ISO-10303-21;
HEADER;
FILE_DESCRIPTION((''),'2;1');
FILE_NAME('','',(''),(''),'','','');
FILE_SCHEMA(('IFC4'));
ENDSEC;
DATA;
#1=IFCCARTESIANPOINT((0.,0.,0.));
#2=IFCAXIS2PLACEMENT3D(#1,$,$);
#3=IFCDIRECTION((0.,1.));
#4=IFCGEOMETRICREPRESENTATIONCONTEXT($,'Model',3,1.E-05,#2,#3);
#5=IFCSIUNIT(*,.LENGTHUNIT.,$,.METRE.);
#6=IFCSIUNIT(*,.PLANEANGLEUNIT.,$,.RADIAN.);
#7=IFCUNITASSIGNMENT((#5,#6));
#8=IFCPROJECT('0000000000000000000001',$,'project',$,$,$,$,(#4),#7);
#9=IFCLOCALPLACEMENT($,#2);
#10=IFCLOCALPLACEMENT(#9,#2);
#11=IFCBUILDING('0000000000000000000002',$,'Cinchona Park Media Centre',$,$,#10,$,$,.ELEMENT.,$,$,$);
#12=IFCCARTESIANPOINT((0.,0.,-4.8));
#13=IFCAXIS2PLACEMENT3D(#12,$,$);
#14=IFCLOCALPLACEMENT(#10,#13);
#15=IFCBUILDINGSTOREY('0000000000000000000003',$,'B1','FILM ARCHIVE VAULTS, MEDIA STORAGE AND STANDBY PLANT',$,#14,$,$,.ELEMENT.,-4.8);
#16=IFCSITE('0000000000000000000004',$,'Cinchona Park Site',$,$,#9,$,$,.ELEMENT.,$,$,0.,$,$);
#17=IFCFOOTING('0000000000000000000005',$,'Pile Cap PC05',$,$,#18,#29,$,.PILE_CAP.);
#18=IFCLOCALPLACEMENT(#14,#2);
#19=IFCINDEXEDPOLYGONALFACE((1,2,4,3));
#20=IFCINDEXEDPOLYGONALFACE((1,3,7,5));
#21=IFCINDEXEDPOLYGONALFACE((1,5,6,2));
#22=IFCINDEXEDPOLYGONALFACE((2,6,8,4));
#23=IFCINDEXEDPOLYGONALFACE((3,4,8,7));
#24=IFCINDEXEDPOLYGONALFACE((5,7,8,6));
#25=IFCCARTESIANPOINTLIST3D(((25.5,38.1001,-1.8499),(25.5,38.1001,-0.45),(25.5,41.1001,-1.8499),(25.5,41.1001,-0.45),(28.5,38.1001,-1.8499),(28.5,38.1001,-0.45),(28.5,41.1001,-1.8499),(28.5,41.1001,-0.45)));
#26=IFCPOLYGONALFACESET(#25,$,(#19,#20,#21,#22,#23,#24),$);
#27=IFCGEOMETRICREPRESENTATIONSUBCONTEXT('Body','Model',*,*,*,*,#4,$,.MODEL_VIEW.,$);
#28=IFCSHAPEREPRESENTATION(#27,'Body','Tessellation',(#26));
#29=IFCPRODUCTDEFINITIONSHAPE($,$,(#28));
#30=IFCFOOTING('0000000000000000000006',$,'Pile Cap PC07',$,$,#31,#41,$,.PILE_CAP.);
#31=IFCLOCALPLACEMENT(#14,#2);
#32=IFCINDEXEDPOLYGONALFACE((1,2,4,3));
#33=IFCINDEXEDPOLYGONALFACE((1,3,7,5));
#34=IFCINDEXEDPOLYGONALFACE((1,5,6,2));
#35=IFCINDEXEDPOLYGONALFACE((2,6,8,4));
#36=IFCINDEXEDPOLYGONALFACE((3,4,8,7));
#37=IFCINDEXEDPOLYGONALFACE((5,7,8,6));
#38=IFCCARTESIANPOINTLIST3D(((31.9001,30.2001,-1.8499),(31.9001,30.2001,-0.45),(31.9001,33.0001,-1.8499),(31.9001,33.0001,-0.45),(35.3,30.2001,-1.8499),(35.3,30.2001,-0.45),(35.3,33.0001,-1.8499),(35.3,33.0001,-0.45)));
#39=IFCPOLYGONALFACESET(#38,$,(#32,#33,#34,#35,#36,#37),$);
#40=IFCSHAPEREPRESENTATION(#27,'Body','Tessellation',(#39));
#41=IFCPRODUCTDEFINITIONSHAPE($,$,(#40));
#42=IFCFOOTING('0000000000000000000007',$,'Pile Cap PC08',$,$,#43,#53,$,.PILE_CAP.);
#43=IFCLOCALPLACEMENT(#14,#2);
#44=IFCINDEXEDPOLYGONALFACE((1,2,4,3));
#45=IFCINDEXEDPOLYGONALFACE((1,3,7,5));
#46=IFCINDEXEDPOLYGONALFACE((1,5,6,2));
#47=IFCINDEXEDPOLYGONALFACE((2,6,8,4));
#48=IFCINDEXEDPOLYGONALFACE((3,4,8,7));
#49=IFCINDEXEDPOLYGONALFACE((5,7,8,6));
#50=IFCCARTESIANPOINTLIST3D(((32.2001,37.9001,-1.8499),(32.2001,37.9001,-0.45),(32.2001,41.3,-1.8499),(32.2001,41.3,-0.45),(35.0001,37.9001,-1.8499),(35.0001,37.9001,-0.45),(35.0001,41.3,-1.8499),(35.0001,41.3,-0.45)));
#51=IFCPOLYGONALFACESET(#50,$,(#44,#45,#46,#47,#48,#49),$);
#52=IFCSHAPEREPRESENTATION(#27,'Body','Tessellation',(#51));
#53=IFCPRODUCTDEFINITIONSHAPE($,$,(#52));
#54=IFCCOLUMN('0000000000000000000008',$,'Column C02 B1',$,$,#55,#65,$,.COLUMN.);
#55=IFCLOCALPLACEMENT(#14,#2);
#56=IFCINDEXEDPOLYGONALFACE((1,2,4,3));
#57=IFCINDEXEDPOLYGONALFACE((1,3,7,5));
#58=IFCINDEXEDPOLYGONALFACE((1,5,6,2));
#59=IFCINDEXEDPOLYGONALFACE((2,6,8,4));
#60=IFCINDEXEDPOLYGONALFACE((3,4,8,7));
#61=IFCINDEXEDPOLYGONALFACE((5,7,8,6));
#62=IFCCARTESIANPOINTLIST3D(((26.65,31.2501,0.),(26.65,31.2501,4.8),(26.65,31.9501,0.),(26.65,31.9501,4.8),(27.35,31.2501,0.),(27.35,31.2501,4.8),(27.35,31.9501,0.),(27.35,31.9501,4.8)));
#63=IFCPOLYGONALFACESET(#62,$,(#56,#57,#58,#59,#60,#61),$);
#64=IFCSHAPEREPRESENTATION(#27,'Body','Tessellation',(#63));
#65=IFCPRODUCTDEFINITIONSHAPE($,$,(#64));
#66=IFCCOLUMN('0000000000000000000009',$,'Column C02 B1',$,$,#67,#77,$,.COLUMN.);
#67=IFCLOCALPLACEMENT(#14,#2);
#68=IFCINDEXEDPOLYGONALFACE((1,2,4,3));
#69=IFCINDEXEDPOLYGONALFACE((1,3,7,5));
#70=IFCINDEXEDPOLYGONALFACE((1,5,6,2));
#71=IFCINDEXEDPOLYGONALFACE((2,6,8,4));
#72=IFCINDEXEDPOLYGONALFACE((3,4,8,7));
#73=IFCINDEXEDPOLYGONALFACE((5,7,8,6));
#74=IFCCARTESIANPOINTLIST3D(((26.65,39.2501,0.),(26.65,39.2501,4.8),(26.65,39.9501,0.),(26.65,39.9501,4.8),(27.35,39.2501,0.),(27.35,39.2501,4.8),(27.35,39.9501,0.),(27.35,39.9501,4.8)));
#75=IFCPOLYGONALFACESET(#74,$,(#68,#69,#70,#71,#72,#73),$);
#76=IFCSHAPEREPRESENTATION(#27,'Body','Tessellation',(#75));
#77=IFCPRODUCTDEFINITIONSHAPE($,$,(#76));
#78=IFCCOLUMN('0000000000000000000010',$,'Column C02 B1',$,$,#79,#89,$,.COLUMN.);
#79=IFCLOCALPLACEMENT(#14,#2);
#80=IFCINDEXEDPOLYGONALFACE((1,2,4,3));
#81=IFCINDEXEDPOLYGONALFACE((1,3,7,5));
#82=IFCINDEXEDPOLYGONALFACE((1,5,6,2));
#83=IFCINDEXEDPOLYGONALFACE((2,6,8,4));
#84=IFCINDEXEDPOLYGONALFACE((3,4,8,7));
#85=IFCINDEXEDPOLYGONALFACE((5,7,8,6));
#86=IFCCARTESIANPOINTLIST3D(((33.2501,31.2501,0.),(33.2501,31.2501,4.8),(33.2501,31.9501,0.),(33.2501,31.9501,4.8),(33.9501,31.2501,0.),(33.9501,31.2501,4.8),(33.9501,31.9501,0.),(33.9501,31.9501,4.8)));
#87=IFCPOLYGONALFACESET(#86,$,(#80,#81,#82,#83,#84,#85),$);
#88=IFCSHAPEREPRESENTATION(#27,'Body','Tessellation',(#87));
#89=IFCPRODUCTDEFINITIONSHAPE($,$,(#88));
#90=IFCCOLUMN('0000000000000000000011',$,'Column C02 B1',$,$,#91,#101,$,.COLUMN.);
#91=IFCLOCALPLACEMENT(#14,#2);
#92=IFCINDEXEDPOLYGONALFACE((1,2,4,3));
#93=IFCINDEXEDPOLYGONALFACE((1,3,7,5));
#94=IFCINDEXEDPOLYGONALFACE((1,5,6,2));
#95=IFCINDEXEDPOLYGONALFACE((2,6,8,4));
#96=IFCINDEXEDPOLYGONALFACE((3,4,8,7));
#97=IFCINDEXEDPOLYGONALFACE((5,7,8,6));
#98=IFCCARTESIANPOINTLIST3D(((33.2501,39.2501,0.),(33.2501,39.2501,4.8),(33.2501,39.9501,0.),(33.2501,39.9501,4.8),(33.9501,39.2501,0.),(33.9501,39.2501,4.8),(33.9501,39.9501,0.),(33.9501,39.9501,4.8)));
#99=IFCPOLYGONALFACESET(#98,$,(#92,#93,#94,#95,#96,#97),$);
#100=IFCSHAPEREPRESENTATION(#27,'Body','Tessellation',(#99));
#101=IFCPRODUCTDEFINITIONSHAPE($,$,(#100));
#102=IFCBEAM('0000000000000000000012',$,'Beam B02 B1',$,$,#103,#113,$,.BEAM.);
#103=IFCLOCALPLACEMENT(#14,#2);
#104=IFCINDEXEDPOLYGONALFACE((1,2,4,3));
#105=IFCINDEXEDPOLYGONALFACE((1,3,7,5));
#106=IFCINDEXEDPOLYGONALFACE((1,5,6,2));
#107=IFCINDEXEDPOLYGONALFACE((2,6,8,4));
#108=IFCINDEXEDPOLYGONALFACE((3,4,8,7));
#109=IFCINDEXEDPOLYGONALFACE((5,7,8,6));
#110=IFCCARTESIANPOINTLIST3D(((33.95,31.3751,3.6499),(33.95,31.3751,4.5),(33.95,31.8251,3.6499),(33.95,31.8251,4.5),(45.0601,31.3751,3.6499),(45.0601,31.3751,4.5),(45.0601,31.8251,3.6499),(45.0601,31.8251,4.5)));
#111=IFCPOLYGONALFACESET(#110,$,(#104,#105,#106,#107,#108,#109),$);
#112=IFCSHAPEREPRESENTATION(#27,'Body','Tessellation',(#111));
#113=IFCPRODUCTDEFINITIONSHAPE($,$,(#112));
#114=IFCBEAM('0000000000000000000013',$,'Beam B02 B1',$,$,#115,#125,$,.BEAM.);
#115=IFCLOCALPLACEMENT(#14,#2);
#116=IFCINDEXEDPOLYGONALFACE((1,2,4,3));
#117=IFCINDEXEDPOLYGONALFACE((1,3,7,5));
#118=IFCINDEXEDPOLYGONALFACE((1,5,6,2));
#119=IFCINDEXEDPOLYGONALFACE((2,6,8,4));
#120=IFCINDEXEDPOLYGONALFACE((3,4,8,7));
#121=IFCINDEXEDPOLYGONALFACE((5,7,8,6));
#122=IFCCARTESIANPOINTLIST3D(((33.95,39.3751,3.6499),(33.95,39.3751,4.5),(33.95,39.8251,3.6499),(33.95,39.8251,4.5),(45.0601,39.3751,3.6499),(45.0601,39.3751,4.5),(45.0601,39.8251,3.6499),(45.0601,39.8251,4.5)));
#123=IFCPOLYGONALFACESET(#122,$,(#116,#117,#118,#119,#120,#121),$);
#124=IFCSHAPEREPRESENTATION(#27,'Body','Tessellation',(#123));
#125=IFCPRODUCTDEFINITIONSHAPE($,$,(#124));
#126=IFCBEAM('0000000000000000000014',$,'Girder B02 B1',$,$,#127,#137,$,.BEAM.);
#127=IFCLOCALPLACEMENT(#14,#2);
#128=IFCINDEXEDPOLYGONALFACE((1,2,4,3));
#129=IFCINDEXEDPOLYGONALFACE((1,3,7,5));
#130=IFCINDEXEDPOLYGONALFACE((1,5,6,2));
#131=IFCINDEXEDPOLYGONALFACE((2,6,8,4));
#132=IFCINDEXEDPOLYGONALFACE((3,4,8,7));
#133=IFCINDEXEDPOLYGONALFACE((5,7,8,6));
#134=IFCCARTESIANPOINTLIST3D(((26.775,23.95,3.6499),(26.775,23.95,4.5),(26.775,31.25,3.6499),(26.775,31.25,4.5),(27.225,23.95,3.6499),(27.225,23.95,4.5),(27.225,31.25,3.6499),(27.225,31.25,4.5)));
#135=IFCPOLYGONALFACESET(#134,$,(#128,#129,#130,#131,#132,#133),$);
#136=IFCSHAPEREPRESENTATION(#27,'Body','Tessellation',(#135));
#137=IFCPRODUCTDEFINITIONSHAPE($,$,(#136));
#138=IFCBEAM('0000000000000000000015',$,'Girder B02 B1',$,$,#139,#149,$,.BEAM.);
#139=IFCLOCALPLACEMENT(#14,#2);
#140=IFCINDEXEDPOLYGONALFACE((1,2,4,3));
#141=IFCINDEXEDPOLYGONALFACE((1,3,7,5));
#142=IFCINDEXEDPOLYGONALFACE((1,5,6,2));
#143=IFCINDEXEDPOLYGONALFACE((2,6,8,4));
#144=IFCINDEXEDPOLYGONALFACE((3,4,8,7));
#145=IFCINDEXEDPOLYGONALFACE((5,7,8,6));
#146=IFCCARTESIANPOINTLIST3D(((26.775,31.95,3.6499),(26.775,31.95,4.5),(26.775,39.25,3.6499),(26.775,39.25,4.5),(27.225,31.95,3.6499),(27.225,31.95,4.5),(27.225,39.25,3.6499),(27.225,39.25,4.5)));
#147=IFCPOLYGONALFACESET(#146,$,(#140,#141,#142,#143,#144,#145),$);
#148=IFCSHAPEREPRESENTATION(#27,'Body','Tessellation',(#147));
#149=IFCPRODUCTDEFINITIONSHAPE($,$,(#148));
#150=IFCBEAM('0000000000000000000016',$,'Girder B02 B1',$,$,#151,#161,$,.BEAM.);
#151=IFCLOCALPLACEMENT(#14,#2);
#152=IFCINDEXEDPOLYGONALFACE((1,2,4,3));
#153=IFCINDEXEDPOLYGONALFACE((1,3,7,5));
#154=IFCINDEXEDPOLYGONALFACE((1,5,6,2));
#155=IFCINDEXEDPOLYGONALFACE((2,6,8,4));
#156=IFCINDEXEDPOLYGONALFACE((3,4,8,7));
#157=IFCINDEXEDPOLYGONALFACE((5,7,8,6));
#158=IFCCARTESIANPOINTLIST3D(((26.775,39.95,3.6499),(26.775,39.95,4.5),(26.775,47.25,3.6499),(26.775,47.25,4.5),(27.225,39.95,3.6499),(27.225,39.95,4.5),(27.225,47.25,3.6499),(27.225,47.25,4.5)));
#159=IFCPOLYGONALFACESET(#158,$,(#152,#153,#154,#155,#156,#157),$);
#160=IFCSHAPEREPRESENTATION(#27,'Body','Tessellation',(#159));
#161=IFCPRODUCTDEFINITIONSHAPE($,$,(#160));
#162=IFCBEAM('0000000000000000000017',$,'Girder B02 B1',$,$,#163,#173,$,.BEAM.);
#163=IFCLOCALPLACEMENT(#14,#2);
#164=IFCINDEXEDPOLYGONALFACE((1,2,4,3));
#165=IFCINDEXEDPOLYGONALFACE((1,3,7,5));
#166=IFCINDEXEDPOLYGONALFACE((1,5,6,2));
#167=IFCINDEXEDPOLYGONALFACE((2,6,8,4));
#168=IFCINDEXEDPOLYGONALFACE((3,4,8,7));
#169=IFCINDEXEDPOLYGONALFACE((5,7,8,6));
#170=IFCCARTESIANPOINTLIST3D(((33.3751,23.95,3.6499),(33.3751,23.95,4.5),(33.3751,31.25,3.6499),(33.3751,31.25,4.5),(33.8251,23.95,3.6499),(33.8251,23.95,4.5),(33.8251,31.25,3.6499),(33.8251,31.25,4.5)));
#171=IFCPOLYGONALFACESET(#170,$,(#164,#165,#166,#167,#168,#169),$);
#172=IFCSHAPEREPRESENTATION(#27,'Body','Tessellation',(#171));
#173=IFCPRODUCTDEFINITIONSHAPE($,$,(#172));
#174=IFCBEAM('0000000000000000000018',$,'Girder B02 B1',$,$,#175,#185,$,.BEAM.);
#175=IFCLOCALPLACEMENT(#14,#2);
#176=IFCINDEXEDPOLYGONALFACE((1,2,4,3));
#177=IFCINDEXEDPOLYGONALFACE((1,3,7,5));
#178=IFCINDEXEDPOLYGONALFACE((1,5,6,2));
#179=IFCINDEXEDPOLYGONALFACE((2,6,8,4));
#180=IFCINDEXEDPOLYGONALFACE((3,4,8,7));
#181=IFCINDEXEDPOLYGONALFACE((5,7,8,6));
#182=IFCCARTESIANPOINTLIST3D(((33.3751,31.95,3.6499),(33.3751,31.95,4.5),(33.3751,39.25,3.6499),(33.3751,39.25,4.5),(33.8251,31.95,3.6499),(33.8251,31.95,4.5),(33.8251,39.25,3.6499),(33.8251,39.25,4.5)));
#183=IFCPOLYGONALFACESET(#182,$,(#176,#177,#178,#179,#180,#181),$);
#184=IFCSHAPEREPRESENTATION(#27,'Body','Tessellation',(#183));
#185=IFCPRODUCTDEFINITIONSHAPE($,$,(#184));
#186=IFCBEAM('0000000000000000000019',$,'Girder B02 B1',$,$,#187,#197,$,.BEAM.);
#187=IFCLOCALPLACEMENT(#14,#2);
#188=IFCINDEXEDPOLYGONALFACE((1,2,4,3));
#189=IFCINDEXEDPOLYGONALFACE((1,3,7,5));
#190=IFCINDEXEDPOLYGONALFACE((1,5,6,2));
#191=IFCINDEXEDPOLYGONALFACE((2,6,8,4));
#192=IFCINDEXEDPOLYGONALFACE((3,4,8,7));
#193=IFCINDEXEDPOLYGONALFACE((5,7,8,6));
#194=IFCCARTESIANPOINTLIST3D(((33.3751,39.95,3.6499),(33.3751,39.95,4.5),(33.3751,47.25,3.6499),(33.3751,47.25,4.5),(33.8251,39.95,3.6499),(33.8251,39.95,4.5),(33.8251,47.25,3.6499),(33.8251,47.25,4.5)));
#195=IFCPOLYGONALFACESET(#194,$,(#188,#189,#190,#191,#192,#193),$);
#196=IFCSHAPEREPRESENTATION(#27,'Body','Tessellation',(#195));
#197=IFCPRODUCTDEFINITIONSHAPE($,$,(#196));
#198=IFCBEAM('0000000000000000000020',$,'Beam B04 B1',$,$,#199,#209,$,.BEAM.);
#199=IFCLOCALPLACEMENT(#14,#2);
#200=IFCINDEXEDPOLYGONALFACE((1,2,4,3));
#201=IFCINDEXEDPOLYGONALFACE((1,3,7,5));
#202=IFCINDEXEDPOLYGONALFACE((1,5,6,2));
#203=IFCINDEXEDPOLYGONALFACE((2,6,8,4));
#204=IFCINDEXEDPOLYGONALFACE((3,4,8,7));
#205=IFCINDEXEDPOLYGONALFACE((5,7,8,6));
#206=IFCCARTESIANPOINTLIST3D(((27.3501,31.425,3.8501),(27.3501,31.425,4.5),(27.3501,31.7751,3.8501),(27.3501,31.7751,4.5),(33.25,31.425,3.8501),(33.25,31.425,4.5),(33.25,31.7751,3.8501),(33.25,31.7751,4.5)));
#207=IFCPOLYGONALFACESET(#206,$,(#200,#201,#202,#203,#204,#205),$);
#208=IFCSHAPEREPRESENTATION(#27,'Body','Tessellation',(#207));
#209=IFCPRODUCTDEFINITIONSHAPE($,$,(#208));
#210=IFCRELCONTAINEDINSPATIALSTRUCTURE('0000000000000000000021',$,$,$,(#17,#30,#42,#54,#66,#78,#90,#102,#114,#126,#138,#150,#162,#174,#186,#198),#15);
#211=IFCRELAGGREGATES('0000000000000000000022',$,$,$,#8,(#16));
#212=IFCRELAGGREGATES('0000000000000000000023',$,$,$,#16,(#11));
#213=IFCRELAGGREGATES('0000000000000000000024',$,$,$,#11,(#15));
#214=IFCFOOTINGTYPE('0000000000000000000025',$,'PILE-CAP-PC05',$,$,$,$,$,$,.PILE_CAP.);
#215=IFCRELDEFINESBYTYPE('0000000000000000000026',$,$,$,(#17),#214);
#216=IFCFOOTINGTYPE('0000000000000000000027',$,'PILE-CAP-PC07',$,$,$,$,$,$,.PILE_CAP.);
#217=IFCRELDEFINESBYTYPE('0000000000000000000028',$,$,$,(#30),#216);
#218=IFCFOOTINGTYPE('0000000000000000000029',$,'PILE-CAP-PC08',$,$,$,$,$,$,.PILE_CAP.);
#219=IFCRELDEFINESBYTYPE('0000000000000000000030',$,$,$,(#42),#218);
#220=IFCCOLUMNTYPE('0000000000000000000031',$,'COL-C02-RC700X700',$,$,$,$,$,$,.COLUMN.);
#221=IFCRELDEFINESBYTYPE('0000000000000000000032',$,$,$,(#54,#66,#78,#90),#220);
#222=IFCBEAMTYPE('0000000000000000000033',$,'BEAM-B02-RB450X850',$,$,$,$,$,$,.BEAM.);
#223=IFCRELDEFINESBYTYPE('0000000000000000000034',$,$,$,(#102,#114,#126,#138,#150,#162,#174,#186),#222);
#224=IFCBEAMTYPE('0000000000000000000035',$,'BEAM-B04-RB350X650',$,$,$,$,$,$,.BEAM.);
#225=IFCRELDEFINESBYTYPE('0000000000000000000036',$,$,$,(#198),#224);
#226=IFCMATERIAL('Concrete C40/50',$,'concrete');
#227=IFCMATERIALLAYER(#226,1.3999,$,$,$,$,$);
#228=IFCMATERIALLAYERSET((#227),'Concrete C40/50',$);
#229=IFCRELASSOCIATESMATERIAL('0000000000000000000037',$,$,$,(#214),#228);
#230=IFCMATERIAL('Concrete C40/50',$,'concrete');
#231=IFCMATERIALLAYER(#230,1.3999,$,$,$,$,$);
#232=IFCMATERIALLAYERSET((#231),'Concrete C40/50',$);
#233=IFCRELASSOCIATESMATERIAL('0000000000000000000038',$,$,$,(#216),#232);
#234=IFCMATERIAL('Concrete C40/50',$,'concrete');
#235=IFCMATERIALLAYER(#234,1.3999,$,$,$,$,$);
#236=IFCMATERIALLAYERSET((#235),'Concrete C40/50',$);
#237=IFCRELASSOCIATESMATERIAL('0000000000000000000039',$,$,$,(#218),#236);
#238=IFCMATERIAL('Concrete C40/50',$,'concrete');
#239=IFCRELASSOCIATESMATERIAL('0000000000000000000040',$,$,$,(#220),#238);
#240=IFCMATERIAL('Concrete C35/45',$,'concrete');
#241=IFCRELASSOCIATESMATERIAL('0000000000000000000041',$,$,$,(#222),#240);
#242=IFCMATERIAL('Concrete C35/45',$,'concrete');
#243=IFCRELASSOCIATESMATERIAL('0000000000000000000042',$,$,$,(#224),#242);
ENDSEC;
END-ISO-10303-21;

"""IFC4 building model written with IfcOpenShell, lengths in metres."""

from ifc_helpers import new_model, si_unit, direction, frame, origin, origin_2d, place, context, subcontext, project, spatial, rectangle, extrude, material, layer, layer_set, material_profile, profile_set, type_object, element, save


model = new_model("IFC4")

# Units and contexts
model_context = context("Model", 3, precision=1e-05, world=origin(), true_north=direction((0.0, 1.0)))
body_context = subcontext(model_context, "Body", "Model", "MODEL_VIEW")
ifc_project = project(units=[si_unit("LENGTHUNIT", "METRE"), si_unit("PLANEANGLEUNIT", "RADIAN")], contexts=[model_context])

# Site, building, storey
site_placement = place(None, origin())
site = spatial("IfcSite", under=ifc_project, at=site_placement, Name="Cinchona Park Site", CompositionType="ELEMENT", RefElevation=0.0)
building_placement = place(site_placement, origin())
building = spatial("IfcBuilding", under=site, at=building_placement, Name="Cinchona Park Media Centre", CompositionType="ELEMENT")
storey_placement = place(building_placement, frame((0.0, 0.0, -4.8)))
storey = spatial("IfcBuildingStorey", under=building, at=storey_placement, Name="B1", Description="FILM ARCHIVE VAULTS, MEDIA STORAGE AND STANDBY PLANT", CompositionType="ELEMENT", Elevation=-4.8)

# Footings
ifc_material_1 = material(Name="Concrete C40/50", Category="concrete")
ifc_layer_1 = layer(ifc_material_1, 1.3999)
ifc_layer_set_1 = layer_set([ifc_layer_1], Name="Concrete C40/50")
footing_type_1 = type_object("IfcFootingType", Name="PILE-CAP-PC05", PredefinedType="PILE_CAP", material=ifc_layer_set_1)
footing_1_placement = place(storey_placement, frame((27.0, 39.6001, -1.8499), z_axis=(0.0, 0.0, 1.0), x_axis=(1.0, 0.0, 0.0)))
element("IfcFooting", 1, at=footing_1_placement, inside=storey, type_object=footing_type_1, Name="Pile Cap PC05", PredefinedType="PILE_CAP", context=body_context, shape_type="SweptSolid", body=[
    extrude(rectangle(XDim=3.0, YDim=3.0, at=origin_2d()), origin(), (0.0, 0.0, 1.0), 1.3999),
])
ifc_material_2 = material(Name="Concrete C40/50", Category="concrete")
ifc_layer_2 = layer(ifc_material_2, 1.3999)
ifc_layer_set_2 = layer_set([ifc_layer_2], Name="Concrete C40/50")
footing_type_2 = type_object("IfcFootingType", Name="PILE-CAP-PC07", PredefinedType="PILE_CAP", material=ifc_layer_set_2)
footing_2_placement = place(storey_placement, frame((33.6001, 31.6001, -1.8499), z_axis=(0.0, 0.0, 1.0), x_axis=(1.0, 0.0, 0.0)))
element("IfcFooting", 2, at=footing_2_placement, inside=storey, type_object=footing_type_2, Name="Pile Cap PC07", PredefinedType="PILE_CAP", context=body_context, shape_type="SweptSolid", body=[
    extrude(rectangle(XDim=3.3999, YDim=2.8, at=origin_2d()), origin(), (0.0, 0.0, 1.0), 1.3999),
])
ifc_material_3 = material(Name="Concrete C40/50", Category="concrete")
ifc_layer_3 = layer(ifc_material_3, 1.3999)
ifc_layer_set_3 = layer_set([ifc_layer_3], Name="Concrete C40/50")
footing_type_3 = type_object("IfcFootingType", Name="PILE-CAP-PC08", PredefinedType="PILE_CAP", material=ifc_layer_set_3)
footing_3_placement = place(storey_placement, frame((33.6001, 39.6001, -1.8499), z_axis=(0.0, 0.0, 1.0), x_axis=(1.0, 0.0, 0.0)))
element("IfcFooting", 3, at=footing_3_placement, inside=storey, type_object=footing_type_3, Name="Pile Cap PC08", PredefinedType="PILE_CAP", context=body_context, shape_type="SweptSolid", body=[
    extrude(rectangle(XDim=2.8, YDim=3.3999, at=origin_2d()), origin(), (0.0, 0.0, 1.0), 1.3999),
])

# Columns
ifc_material_4 = material(Name="Concrete C40/50", Category="concrete")
ifc_material_profile_1 = material_profile(ifc_material_4, rectangle(XDim=0.7, YDim=0.7, at=origin_2d()), Name="RC 700X700")
ifc_profile_set_1 = profile_set([ifc_material_profile_1], Name="Concrete C40/50")
column_type = type_object("IfcColumnType", Name="COL-C02-RC700X700", PredefinedType="COLUMN", material=ifc_profile_set_1)
for number, where, z_axis, x_axis, name in (
    (4, (27.0, 31.6001, 0.0), (0.0, 0.0, 1.0), (1.0, 0.0, 0.0), "Column C02 B1"),
    (5, (27.0, 39.6001, 0.0), (0.0, 0.0, 1.0), (1.0, 0.0, 0.0), "Column C02 B1"),
    (6, (33.6001, 31.6001, 0.0), (0.0, 0.0, 1.0), (1.0, 0.0, 0.0), "Column C02 B1"),
    (7, (33.6001, 39.6001, 0.0), (0.0, 0.0, 1.0), (1.0, 0.0, 0.0), "Column C02 B1"),
):
    element("IfcColumn", number, at=place(storey_placement, frame(where, z_axis=z_axis, x_axis=x_axis)), inside=storey, type_object=column_type, Name=name, PredefinedType="COLUMN", context=body_context, shape_type="SweptSolid", body=[
        extrude(rectangle(XDim=0.7, YDim=0.7, at=origin_2d()), origin(), (0.0, 0.0, 1.0), 4.8),
    ])

# Beams
ifc_material_5 = material(Name="Concrete C35/45", Category="concrete")
ifc_material_profile_2 = material_profile(ifc_material_5, rectangle(XDim=0.45, YDim=0.8501, at=origin_2d()), Name="RB 450X850")
ifc_profile_set_2 = profile_set([ifc_material_profile_2], Name="Concrete C35/45")
beam_type_1 = type_object("IfcBeamType", Name="BEAM-B02-RB450X850", PredefinedType="BEAM", material=ifc_profile_set_2)
for number, where, z_axis, x_axis, name in (
    (8, (33.95, 31.6001, 4.075), (1.0, 0.0, 0.0), (0.0, 1.0, 0.0), "Beam B02 B1"),
    (9, (33.95, 39.6001, 4.075), (1.0, 0.0, 0.0), (0.0, 1.0, 0.0), "Beam B02 B1"),
):
    element("IfcBeam", number, at=place(storey_placement, frame(where, z_axis=z_axis, x_axis=x_axis)), inside=storey, type_object=beam_type_1, Name=name, PredefinedType="BEAM", context=body_context, shape_type="SweptSolid", body=[
        extrude(rectangle(XDim=0.45, YDim=0.8501, at=origin_2d()), origin(), (0.0, 0.0, 1.0), 11.1101),
    ])
for number, where, z_axis, x_axis, name in (
    (10, (27.0, 23.95, 4.075), (0.0, 1.0, 0.0), (-1.0, 0.0, 0.0), "Girder B02 B1"),
    (11, (27.0, 31.95, 4.075), (0.0, 1.0, 0.0), (-1.0, 0.0, 0.0), "Girder B02 B1"),
    (12, (27.0, 39.95, 4.075), (0.0, 1.0, 0.0), (-1.0, 0.0, 0.0), "Girder B02 B1"),
    (13, (33.6001, 23.95, 4.075), (0.0, 1.0, 0.0), (-1.0, 0.0, 0.0), "Girder B02 B1"),
    (14, (33.6001, 31.95, 4.075), (0.0, 1.0, 0.0), (-1.0, 0.0, 0.0), "Girder B02 B1"),
    (15, (33.6001, 39.95, 4.075), (0.0, 1.0, 0.0), (-1.0, 0.0, 0.0), "Girder B02 B1"),
):
    element("IfcBeam", number, at=place(storey_placement, frame(where, z_axis=z_axis, x_axis=x_axis)), inside=storey, type_object=beam_type_1, Name=name, PredefinedType="BEAM", context=body_context, shape_type="SweptSolid", body=[
        extrude(rectangle(XDim=0.45, YDim=0.8501, at=origin_2d()), origin(), (0.0, 0.0, 1.0), 7.3),
    ])
ifc_material_6 = material(Name="Concrete C35/45", Category="concrete")
ifc_material_profile_3 = material_profile(ifc_material_6, rectangle(XDim=0.3501, YDim=0.6499, at=origin_2d()), Name="RB 350X650")
ifc_profile_set_3 = profile_set([ifc_material_profile_3], Name="Concrete C35/45")
beam_type_2 = type_object("IfcBeamType", Name="BEAM-B04-RB350X650", PredefinedType="BEAM", material=ifc_profile_set_3)
for number, where, z_axis, x_axis, name in (
    (16, (27.3501, 31.6001, 4.175), (1.0, 0.0, 0.0), (0.0, 1.0, 0.0), "Beam B04 B1"),
):
    element("IfcBeam", number, at=place(storey_placement, frame(where, z_axis=z_axis, x_axis=x_axis)), inside=storey, type_object=beam_type_2, Name=name, PredefinedType="BEAM", context=body_context, shape_type="SweptSolid", body=[
        extrude(rectangle(XDim=0.3501, YDim=0.6499, at=origin_2d()), origin(), (0.0, 0.0, 1.0), 5.8999),
    ])

save(model, "model.ifc")
